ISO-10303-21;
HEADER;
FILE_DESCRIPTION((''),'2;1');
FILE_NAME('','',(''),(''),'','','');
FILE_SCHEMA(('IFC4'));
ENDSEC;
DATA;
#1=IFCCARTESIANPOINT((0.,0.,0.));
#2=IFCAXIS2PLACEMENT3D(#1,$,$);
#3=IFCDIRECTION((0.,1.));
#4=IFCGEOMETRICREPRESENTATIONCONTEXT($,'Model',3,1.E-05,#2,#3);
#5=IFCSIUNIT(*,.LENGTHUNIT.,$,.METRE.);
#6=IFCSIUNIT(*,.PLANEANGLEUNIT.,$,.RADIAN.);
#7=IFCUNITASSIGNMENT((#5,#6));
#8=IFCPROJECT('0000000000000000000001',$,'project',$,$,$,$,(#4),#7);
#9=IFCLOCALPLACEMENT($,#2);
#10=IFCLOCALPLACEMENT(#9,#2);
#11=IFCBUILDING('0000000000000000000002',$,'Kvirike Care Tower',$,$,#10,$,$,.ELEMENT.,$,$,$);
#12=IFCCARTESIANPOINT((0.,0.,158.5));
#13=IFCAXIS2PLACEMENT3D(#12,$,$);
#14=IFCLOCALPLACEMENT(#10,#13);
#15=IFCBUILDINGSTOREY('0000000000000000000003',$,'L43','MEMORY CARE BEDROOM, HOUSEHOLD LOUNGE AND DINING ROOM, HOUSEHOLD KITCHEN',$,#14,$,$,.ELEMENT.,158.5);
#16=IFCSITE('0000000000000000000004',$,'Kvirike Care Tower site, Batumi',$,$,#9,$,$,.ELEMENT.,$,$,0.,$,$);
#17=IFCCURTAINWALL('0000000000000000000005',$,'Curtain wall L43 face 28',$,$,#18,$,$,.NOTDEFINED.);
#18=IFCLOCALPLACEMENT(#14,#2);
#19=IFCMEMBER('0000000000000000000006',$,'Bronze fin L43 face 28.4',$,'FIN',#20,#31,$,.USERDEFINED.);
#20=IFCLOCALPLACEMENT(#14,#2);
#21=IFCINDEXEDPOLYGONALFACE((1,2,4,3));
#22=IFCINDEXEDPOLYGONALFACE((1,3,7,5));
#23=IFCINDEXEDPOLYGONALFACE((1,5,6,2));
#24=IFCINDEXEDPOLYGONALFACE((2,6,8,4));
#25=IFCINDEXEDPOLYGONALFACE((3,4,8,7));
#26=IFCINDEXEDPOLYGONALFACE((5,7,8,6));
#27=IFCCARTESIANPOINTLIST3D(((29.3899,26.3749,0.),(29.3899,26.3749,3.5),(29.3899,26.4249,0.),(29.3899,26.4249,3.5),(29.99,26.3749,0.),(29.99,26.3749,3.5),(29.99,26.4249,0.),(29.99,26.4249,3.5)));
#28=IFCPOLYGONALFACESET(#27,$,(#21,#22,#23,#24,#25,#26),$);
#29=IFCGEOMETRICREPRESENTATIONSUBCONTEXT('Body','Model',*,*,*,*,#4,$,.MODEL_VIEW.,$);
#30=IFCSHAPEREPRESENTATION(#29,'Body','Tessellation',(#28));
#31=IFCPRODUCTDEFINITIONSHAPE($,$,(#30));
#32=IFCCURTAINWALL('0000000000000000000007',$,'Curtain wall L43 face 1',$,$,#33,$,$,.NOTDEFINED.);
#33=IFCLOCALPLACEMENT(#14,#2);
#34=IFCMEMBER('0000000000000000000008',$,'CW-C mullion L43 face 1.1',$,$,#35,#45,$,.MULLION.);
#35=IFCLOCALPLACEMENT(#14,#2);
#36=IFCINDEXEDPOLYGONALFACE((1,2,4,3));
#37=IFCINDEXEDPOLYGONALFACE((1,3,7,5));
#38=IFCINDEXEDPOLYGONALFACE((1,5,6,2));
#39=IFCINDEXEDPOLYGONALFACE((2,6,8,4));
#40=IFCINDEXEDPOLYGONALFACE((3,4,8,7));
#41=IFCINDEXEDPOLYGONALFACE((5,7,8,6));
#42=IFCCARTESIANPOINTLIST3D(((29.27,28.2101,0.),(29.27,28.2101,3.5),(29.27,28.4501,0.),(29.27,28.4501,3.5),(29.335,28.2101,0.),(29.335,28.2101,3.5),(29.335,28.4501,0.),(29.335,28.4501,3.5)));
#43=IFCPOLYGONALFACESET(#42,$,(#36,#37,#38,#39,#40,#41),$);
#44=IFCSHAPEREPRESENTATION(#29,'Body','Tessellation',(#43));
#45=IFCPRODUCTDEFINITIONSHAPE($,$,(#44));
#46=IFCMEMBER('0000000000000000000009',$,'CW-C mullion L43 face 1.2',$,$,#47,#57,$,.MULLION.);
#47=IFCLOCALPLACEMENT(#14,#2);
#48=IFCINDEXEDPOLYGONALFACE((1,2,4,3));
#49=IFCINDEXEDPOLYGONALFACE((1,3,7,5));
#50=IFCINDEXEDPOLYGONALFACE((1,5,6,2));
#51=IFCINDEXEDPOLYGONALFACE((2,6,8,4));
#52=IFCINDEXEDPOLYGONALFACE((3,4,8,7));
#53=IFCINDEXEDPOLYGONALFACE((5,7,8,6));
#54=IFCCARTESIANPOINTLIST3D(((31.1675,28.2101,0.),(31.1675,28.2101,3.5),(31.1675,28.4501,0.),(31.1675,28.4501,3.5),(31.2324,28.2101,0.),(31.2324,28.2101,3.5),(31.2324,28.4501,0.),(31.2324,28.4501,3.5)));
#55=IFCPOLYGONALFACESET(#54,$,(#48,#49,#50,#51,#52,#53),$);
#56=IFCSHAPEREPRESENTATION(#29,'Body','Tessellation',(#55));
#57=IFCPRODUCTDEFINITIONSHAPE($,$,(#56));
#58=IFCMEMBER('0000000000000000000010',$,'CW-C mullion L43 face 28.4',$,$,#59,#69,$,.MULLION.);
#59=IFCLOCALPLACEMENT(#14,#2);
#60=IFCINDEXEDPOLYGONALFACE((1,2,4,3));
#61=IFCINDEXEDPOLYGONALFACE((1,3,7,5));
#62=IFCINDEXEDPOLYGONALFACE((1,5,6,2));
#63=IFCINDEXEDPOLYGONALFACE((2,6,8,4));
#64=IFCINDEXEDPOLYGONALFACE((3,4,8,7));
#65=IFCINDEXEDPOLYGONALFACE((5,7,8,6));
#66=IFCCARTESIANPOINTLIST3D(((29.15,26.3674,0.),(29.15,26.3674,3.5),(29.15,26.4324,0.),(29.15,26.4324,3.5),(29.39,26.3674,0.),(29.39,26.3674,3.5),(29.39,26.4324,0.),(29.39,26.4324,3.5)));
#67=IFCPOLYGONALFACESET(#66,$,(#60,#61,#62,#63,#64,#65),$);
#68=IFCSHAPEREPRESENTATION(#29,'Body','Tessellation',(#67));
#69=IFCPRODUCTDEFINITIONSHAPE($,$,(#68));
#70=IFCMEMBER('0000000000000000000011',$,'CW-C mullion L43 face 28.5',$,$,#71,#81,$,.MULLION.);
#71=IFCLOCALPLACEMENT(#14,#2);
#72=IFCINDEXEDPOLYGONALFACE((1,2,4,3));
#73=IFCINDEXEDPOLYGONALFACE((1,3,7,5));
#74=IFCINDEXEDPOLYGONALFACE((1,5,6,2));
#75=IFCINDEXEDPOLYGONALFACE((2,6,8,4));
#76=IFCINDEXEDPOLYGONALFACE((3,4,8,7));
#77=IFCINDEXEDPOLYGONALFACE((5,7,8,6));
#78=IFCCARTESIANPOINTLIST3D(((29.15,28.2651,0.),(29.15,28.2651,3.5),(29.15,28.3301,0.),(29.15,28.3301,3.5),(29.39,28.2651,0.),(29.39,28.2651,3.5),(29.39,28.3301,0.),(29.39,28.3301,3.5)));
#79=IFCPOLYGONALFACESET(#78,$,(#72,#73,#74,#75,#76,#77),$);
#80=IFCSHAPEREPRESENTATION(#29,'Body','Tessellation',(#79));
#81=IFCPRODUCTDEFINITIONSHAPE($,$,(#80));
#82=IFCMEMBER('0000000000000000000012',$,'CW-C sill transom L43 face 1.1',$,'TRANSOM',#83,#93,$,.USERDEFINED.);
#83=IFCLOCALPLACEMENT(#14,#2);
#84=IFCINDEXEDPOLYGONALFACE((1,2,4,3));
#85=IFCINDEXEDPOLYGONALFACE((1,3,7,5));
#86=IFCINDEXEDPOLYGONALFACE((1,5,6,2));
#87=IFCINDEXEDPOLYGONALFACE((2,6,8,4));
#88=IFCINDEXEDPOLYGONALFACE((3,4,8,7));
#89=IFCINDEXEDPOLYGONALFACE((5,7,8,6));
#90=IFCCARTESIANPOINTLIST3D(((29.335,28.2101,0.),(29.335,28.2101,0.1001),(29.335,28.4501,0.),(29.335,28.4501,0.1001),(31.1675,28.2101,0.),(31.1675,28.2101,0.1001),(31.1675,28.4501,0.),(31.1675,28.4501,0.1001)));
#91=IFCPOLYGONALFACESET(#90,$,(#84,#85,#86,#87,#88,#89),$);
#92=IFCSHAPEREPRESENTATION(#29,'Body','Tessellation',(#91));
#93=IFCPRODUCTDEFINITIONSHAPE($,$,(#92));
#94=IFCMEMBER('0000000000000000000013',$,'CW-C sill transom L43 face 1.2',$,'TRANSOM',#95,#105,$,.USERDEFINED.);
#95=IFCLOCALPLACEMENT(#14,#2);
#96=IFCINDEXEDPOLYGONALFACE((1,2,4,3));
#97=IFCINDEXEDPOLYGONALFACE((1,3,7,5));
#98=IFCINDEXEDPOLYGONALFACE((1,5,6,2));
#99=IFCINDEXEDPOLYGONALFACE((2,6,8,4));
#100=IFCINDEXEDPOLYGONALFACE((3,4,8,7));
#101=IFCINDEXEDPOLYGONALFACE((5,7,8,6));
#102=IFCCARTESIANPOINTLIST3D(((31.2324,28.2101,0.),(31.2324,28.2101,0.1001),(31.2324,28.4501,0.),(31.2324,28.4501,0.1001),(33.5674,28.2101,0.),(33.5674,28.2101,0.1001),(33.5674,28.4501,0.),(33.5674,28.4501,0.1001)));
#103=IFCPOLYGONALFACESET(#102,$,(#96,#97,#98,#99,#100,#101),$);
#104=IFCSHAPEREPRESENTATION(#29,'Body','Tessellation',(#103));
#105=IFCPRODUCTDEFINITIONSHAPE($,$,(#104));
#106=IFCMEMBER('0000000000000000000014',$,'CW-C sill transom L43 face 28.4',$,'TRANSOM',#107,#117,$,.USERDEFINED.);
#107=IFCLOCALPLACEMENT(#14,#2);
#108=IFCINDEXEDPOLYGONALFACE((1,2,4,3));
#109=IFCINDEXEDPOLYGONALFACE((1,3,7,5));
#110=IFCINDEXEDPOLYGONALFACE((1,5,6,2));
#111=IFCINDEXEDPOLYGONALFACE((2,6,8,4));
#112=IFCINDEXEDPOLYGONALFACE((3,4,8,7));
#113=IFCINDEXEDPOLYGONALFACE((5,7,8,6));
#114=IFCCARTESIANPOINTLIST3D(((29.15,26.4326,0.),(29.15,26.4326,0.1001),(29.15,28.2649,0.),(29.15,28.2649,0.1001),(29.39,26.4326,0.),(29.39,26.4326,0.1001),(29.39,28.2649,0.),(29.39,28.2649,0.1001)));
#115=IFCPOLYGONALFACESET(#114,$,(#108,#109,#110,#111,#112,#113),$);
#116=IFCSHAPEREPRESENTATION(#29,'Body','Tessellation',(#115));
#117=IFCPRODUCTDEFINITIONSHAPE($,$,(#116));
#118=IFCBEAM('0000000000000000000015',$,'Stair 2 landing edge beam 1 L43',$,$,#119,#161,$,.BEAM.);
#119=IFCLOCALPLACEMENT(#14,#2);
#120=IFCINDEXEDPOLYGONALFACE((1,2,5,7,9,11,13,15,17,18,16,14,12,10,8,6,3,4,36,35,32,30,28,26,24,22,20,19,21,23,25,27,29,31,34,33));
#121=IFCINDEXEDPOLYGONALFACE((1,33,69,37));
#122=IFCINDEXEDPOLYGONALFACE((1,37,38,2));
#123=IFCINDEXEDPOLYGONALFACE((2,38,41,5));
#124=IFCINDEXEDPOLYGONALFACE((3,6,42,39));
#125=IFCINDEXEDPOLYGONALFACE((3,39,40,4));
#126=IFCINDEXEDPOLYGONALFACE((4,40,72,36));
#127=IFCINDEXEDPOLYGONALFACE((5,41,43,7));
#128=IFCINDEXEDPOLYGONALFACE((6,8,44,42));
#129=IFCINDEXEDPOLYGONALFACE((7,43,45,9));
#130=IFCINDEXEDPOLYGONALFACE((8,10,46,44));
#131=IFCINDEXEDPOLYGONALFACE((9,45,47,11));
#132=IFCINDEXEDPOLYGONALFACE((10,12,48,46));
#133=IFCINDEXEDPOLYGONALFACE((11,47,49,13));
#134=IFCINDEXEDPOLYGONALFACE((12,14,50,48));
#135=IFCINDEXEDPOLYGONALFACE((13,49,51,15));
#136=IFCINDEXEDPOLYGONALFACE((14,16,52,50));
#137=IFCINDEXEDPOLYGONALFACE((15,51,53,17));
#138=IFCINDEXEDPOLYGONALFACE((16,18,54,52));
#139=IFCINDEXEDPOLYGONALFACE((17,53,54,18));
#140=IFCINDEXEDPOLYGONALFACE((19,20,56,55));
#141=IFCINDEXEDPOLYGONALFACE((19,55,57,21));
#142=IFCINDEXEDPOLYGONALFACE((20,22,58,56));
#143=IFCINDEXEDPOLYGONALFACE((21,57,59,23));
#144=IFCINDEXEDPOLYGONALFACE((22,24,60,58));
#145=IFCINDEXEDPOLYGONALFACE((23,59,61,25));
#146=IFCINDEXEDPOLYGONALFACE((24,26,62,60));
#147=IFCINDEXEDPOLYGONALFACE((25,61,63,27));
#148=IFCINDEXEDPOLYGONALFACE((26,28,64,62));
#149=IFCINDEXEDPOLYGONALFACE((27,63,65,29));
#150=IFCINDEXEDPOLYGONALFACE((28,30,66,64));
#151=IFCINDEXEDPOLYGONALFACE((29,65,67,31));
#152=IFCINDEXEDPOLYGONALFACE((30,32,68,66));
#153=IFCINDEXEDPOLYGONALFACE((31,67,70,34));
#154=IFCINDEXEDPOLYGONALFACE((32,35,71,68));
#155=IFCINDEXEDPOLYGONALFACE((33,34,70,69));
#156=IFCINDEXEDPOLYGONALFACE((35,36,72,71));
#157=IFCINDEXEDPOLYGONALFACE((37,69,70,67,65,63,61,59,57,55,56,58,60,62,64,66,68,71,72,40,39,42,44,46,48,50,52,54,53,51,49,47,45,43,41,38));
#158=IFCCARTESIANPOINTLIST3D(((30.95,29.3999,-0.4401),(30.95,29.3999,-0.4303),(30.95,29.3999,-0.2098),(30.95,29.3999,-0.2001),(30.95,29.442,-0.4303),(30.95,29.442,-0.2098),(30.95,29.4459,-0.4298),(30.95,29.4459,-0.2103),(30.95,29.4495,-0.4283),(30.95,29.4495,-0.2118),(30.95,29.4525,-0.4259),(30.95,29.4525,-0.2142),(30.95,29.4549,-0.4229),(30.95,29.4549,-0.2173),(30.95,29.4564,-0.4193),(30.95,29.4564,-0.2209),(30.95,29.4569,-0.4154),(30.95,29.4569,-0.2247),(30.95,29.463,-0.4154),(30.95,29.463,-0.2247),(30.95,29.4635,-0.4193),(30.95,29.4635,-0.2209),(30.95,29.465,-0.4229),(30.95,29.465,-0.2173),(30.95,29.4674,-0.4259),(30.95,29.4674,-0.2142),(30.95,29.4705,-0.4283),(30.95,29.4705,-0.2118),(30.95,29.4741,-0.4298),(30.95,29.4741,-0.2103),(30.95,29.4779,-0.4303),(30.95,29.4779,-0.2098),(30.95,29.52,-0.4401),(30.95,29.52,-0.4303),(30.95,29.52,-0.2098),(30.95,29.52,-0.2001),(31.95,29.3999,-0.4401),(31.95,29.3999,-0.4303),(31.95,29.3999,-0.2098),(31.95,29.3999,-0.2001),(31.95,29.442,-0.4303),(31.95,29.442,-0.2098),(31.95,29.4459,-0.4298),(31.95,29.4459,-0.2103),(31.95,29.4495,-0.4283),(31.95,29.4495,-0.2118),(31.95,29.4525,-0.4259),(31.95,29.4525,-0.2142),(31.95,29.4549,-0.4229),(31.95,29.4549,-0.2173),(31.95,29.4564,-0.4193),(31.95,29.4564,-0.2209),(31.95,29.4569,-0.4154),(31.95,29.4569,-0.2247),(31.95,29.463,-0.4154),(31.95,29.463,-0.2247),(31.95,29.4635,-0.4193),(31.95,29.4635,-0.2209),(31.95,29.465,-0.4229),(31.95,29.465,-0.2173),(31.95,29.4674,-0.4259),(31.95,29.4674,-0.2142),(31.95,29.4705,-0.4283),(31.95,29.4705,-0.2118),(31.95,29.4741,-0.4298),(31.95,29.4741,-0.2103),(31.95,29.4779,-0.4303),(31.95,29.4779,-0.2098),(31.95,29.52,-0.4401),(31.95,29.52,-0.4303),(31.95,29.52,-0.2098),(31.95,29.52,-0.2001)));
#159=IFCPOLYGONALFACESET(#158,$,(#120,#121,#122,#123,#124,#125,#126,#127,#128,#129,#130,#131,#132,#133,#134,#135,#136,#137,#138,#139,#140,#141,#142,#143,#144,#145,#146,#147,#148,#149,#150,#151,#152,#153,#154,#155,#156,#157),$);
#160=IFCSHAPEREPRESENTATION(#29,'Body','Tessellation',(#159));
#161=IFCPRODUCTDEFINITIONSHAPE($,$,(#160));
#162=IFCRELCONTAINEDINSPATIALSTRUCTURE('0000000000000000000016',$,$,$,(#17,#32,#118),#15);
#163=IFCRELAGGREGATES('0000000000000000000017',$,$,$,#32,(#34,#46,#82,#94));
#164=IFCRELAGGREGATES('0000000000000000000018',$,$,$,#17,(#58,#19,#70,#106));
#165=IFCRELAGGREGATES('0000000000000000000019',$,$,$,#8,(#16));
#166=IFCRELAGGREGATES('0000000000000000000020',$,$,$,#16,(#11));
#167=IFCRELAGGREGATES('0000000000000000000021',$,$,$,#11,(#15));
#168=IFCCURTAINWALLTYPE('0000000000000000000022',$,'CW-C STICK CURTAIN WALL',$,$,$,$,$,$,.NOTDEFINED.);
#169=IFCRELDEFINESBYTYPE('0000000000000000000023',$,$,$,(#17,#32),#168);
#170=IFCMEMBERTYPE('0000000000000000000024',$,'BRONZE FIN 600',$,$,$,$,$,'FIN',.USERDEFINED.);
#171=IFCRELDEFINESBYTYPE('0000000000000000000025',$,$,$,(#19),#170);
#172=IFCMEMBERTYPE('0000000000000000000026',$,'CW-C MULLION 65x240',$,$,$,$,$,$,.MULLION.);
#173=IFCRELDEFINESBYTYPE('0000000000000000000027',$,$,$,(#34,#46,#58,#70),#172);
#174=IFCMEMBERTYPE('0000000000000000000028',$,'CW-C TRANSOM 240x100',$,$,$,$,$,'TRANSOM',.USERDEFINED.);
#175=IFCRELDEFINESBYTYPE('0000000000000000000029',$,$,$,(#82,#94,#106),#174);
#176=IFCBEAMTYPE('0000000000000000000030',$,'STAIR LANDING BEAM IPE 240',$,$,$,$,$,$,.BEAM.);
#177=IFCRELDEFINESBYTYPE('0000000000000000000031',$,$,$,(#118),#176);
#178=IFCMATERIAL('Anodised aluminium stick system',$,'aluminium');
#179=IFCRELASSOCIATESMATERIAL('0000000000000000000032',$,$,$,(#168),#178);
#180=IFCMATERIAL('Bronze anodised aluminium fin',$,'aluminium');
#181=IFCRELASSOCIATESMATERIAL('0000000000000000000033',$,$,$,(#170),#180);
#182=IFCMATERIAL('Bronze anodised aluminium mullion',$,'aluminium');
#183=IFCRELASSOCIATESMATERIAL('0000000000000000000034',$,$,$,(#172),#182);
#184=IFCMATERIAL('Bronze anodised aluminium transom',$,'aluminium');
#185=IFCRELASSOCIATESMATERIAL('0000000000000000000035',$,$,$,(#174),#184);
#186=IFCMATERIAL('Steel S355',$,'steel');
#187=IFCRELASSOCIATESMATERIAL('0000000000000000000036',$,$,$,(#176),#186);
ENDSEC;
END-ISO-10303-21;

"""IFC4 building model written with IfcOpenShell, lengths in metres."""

from ifc_helpers import new_model, si_unit, direction, frame, origin, origin_2d, place, context, subcontext, project, spatial, rectangle, i_section, extrude, material, material_profile, profile_set, type_object, element, aggregate, save


model = new_model("IFC4")

# Units and contexts
model_context = context("Model", 3, precision=1e-05, world=origin(), true_north=direction((0.0, 1.0)))
body_context = subcontext(model_context, "Body", "Model", "MODEL_VIEW")
ifc_project = project(units=[si_unit("LENGTHUNIT", "METRE"), si_unit("PLANEANGLEUNIT", "RADIAN")], contexts=[model_context])

# Site, building, storey
site_placement = place(None, origin())
site = spatial("IfcSite", under=ifc_project, at=site_placement, Name="Kvirike Care Tower site, Batumi", CompositionType="ELEMENT", RefElevation=0.0)
building_placement = place(site_placement, origin())
building = spatial("IfcBuilding", under=site, at=building_placement, Name="Kvirike Care Tower", CompositionType="ELEMENT")
storey_placement = place(building_placement, frame((0.0, 0.0, 158.5)))
storey = spatial("IfcBuildingStorey", under=building, at=storey_placement, Name="L43", Description="MEMORY CARE BEDROOM, HOUSEHOLD LOUNGE AND DINING ROOM, HOUSEHOLD KITCHEN", CompositionType="ELEMENT", Elevation=158.5)

# Curtain wall, member
ifc_material_1 = material(Name="Anodised aluminium stick system", Category="aluminium")
curtain_wall_type = type_object("IfcCurtainWallType", Name="CW-C STICK CURTAIN WALL", PredefinedType="NOTDEFINED", material=ifc_material_1)
curtain_wall_1_placement = place(storey_placement, origin())
curtain_wall_1 = element("IfcCurtainWall", 1, at=curtain_wall_1_placement, inside=storey, type_object=curtain_wall_type, Name="Curtain wall L43 face 28", PredefinedType="NOTDEFINED")
ifc_material_2 = material(Name="Bronze anodised aluminium fin", Category="aluminium")
ifc_material_profile_1 = material_profile(ifc_material_2, rectangle(XDim=0.05, YDim=0.6001, at=origin_2d()), Name="BRONZE FIN 600")
ifc_profile_set_1 = profile_set([ifc_material_profile_1], Name="Bronze anodised aluminium fin")
member_type_1 = type_object("IfcMemberType", Name="BRONZE FIN 600", ElementType="FIN", PredefinedType="USERDEFINED", material=ifc_profile_set_1)
member_1_placement = place(storey_placement, frame((29.6899, 26.3999, 0.0), z_axis=(0.0, 0.0, 1.0), x_axis=(0.0, 1.0, 0.0)))
member_1 = element("IfcMember", 2, at=member_1_placement, type_object=member_type_1, Name="Bronze fin L43 face 28.4", ObjectType="FIN", PredefinedType="USERDEFINED", context=body_context, shape_type="SweptSolid", body=[
    extrude(rectangle(XDim=0.05, YDim=0.6001, at=origin_2d()), origin(), (0.0, 0.0, 1.0), 3.5),
])

# Curtain wall, members
curtain_wall_2_placement = place(storey_placement, origin())
curtain_wall_2 = element("IfcCurtainWall", 3, at=curtain_wall_2_placement, inside=storey, type_object=curtain_wall_type, Name="Curtain wall L43 face 1", PredefinedType="NOTDEFINED")
ifc_material_3 = material(Name="Bronze anodised aluminium mullion", Category="aluminium")
ifc_material_profile_2 = material_profile(ifc_material_3, rectangle(XDim=0.0649, YDim=0.24, at=origin_2d()), Name="CW-C MULLION 65x240")
ifc_profile_set_2 = profile_set([ifc_material_profile_2], Name="Bronze anodised aluminium mullion")
member_type_2 = type_object("IfcMemberType", Name="CW-C MULLION 65x240", PredefinedType="MULLION", material=ifc_profile_set_2)
member_2_placement = place(storey_placement, frame((29.3025, 28.3301, 0.0), z_axis=(0.0, 0.0, 1.0), x_axis=(1.0, 0.0, 0.0)))
member_2 = element("IfcMember", 4, at=member_2_placement, type_object=member_type_2, Name="CW-C mullion L43 face 1.1", PredefinedType="MULLION", context=body_context, shape_type="SweptSolid", body=[
    extrude(rectangle(XDim=0.0649, YDim=0.24, at=origin_2d()), origin(), (0.0, 0.0, 1.0), 3.5),
])
member_3_placement = place(storey_placement, frame((31.2, 28.3301, 0.0), z_axis=(0.0, 0.0, 1.0), x_axis=(1.0, 0.0, 0.0)))
member_3 = element("IfcMember", 5, at=member_3_placement, type_object=member_type_2, Name="CW-C mullion L43 face 1.2", PredefinedType="MULLION", context=body_context, shape_type="SweptSolid", body=[
    extrude(rectangle(XDim=0.0649, YDim=0.24, at=origin_2d()), origin(), (0.0, 0.0, 1.0), 3.5),
])

# Members
member_4_placement = place(storey_placement, frame((29.27, 26.3999, 0.0), z_axis=(0.0, 0.0, 1.0), x_axis=(0.0, 1.0, 0.0)))
member_4 = element("IfcMember", 6, at=member_4_placement, type_object=member_type_2, Name="CW-C mullion L43 face 28.4", PredefinedType="MULLION", context=body_context, shape_type="SweptSolid", body=[
    extrude(rectangle(XDim=0.0649, YDim=0.24, at=origin_2d()), origin(), (0.0, 0.0, 1.0), 3.5),
])
member_5_placement = place(storey_placement, frame((29.27, 28.2976, 0.0), z_axis=(0.0, 0.0, 1.0), x_axis=(0.0, 1.0, 0.0)))
member_5 = element("IfcMember", 7, at=member_5_placement, type_object=member_type_2, Name="CW-C mullion L43 face 28.5", PredefinedType="MULLION", context=body_context, shape_type="SweptSolid", body=[
    extrude(rectangle(XDim=0.0649, YDim=0.24, at=origin_2d()), origin(), (0.0, 0.0, 1.0), 3.5),
])
ifc_material_4 = material(Name="Bronze anodised aluminium transom", Category="aluminium")
ifc_material_profile_3 = material_profile(ifc_material_4, rectangle(XDim=0.24, YDim=0.1001, at=origin_2d()), Name="CW-C TRANSOM 240x100")
ifc_profile_set_3 = profile_set([ifc_material_profile_3], Name="Bronze anodised aluminium transom")
member_type_3 = type_object("IfcMemberType", Name="CW-C TRANSOM 240x100", ElementType="TRANSOM", PredefinedType="USERDEFINED", material=ifc_profile_set_3)
member_6_placement = place(storey_placement, frame((29.335, 28.3301, 0.05), z_axis=(1.0, 0.0, 0.0), x_axis=(0.0, 1.0, 0.0)))
member_6 = element("IfcMember", 8, at=member_6_placement, type_object=member_type_3, Name="CW-C sill transom L43 face 1.1", ObjectType="TRANSOM", PredefinedType="USERDEFINED", context=body_context, shape_type="SweptSolid", body=[
    extrude(rectangle(XDim=0.24, YDim=0.1001, at=origin_2d()), origin(), (0.0, 0.0, 1.0), 1.8325),
])
member_7_placement = place(storey_placement, frame((31.2324, 28.3301, 0.05), z_axis=(1.0, 0.0, 0.0), x_axis=(0.0, 1.0, 0.0)))
member_7 = element("IfcMember", 9, at=member_7_placement, type_object=member_type_3, Name="CW-C sill transom L43 face 1.2", ObjectType="TRANSOM", PredefinedType="USERDEFINED", context=body_context, shape_type="SweptSolid", body=[
    extrude(rectangle(XDim=0.24, YDim=0.1001, at=origin_2d()), origin(), (0.0, 0.0, 1.0), 2.335),
])
member_8_placement = place(storey_placement, frame((29.27, 26.4326, 0.05), z_axis=(0.0, 1.0, 0.0), x_axis=(-1.0, 0.0, 0.0)))
member_8 = element("IfcMember", 10, at=member_8_placement, type_object=member_type_3, Name="CW-C sill transom L43 face 28.4", ObjectType="TRANSOM", PredefinedType="USERDEFINED", context=body_context, shape_type="SweptSolid", body=[
    extrude(rectangle(XDim=0.24, YDim=0.1001, at=origin_2d()), origin(), (0.0, 0.0, 1.0), 1.8323),
])

# Beam
ifc_material_5 = material(Name="Steel S355", Category="steel")
ifc_material_profile_4 = material_profile(ifc_material_5, i_section(OverallWidth=0.1201, OverallDepth=0.24, WebThickness=0.0061, FlangeThickness=0.0098, FilletRadius=0.0149, at=origin_2d()), Name="IPE 240")
ifc_profile_set_4 = profile_set([ifc_material_profile_4], Name="Steel S355")
beam_type_1 = type_object("IfcBeamType", Name="STAIR LANDING BEAM IPE 240", PredefinedType="BEAM", material=ifc_profile_set_4)
for number, where, z_axis, x_axis, name in (
    (11, (31.95, 29.46, -0.3201), (-1.0, 0.0, 0.0), (0.0, -1.0, 0.0), "Stair 2 landing edge beam 1 L43"),
):
    element("IfcBeam", number, at=place(storey_placement, frame(where, z_axis=z_axis, x_axis=x_axis)), inside=storey, type_object=beam_type_1, Name=name, PredefinedType="BEAM", context=body_context, shape_type="SweptSolid", body=[
        extrude(i_section(OverallWidth=0.1201, OverallDepth=0.24, WebThickness=0.0061, FlangeThickness=0.0098, FilletRadius=0.0149, at=origin_2d()), origin(), (0.0, 0.0, 1.0), 1.0),
    ])

aggregate(curtain_wall_2, [member_2, member_3, member_6, member_7])
aggregate(curtain_wall_1, [member_4, member_1, member_5, member_8])

save(model, "model.ifc")
